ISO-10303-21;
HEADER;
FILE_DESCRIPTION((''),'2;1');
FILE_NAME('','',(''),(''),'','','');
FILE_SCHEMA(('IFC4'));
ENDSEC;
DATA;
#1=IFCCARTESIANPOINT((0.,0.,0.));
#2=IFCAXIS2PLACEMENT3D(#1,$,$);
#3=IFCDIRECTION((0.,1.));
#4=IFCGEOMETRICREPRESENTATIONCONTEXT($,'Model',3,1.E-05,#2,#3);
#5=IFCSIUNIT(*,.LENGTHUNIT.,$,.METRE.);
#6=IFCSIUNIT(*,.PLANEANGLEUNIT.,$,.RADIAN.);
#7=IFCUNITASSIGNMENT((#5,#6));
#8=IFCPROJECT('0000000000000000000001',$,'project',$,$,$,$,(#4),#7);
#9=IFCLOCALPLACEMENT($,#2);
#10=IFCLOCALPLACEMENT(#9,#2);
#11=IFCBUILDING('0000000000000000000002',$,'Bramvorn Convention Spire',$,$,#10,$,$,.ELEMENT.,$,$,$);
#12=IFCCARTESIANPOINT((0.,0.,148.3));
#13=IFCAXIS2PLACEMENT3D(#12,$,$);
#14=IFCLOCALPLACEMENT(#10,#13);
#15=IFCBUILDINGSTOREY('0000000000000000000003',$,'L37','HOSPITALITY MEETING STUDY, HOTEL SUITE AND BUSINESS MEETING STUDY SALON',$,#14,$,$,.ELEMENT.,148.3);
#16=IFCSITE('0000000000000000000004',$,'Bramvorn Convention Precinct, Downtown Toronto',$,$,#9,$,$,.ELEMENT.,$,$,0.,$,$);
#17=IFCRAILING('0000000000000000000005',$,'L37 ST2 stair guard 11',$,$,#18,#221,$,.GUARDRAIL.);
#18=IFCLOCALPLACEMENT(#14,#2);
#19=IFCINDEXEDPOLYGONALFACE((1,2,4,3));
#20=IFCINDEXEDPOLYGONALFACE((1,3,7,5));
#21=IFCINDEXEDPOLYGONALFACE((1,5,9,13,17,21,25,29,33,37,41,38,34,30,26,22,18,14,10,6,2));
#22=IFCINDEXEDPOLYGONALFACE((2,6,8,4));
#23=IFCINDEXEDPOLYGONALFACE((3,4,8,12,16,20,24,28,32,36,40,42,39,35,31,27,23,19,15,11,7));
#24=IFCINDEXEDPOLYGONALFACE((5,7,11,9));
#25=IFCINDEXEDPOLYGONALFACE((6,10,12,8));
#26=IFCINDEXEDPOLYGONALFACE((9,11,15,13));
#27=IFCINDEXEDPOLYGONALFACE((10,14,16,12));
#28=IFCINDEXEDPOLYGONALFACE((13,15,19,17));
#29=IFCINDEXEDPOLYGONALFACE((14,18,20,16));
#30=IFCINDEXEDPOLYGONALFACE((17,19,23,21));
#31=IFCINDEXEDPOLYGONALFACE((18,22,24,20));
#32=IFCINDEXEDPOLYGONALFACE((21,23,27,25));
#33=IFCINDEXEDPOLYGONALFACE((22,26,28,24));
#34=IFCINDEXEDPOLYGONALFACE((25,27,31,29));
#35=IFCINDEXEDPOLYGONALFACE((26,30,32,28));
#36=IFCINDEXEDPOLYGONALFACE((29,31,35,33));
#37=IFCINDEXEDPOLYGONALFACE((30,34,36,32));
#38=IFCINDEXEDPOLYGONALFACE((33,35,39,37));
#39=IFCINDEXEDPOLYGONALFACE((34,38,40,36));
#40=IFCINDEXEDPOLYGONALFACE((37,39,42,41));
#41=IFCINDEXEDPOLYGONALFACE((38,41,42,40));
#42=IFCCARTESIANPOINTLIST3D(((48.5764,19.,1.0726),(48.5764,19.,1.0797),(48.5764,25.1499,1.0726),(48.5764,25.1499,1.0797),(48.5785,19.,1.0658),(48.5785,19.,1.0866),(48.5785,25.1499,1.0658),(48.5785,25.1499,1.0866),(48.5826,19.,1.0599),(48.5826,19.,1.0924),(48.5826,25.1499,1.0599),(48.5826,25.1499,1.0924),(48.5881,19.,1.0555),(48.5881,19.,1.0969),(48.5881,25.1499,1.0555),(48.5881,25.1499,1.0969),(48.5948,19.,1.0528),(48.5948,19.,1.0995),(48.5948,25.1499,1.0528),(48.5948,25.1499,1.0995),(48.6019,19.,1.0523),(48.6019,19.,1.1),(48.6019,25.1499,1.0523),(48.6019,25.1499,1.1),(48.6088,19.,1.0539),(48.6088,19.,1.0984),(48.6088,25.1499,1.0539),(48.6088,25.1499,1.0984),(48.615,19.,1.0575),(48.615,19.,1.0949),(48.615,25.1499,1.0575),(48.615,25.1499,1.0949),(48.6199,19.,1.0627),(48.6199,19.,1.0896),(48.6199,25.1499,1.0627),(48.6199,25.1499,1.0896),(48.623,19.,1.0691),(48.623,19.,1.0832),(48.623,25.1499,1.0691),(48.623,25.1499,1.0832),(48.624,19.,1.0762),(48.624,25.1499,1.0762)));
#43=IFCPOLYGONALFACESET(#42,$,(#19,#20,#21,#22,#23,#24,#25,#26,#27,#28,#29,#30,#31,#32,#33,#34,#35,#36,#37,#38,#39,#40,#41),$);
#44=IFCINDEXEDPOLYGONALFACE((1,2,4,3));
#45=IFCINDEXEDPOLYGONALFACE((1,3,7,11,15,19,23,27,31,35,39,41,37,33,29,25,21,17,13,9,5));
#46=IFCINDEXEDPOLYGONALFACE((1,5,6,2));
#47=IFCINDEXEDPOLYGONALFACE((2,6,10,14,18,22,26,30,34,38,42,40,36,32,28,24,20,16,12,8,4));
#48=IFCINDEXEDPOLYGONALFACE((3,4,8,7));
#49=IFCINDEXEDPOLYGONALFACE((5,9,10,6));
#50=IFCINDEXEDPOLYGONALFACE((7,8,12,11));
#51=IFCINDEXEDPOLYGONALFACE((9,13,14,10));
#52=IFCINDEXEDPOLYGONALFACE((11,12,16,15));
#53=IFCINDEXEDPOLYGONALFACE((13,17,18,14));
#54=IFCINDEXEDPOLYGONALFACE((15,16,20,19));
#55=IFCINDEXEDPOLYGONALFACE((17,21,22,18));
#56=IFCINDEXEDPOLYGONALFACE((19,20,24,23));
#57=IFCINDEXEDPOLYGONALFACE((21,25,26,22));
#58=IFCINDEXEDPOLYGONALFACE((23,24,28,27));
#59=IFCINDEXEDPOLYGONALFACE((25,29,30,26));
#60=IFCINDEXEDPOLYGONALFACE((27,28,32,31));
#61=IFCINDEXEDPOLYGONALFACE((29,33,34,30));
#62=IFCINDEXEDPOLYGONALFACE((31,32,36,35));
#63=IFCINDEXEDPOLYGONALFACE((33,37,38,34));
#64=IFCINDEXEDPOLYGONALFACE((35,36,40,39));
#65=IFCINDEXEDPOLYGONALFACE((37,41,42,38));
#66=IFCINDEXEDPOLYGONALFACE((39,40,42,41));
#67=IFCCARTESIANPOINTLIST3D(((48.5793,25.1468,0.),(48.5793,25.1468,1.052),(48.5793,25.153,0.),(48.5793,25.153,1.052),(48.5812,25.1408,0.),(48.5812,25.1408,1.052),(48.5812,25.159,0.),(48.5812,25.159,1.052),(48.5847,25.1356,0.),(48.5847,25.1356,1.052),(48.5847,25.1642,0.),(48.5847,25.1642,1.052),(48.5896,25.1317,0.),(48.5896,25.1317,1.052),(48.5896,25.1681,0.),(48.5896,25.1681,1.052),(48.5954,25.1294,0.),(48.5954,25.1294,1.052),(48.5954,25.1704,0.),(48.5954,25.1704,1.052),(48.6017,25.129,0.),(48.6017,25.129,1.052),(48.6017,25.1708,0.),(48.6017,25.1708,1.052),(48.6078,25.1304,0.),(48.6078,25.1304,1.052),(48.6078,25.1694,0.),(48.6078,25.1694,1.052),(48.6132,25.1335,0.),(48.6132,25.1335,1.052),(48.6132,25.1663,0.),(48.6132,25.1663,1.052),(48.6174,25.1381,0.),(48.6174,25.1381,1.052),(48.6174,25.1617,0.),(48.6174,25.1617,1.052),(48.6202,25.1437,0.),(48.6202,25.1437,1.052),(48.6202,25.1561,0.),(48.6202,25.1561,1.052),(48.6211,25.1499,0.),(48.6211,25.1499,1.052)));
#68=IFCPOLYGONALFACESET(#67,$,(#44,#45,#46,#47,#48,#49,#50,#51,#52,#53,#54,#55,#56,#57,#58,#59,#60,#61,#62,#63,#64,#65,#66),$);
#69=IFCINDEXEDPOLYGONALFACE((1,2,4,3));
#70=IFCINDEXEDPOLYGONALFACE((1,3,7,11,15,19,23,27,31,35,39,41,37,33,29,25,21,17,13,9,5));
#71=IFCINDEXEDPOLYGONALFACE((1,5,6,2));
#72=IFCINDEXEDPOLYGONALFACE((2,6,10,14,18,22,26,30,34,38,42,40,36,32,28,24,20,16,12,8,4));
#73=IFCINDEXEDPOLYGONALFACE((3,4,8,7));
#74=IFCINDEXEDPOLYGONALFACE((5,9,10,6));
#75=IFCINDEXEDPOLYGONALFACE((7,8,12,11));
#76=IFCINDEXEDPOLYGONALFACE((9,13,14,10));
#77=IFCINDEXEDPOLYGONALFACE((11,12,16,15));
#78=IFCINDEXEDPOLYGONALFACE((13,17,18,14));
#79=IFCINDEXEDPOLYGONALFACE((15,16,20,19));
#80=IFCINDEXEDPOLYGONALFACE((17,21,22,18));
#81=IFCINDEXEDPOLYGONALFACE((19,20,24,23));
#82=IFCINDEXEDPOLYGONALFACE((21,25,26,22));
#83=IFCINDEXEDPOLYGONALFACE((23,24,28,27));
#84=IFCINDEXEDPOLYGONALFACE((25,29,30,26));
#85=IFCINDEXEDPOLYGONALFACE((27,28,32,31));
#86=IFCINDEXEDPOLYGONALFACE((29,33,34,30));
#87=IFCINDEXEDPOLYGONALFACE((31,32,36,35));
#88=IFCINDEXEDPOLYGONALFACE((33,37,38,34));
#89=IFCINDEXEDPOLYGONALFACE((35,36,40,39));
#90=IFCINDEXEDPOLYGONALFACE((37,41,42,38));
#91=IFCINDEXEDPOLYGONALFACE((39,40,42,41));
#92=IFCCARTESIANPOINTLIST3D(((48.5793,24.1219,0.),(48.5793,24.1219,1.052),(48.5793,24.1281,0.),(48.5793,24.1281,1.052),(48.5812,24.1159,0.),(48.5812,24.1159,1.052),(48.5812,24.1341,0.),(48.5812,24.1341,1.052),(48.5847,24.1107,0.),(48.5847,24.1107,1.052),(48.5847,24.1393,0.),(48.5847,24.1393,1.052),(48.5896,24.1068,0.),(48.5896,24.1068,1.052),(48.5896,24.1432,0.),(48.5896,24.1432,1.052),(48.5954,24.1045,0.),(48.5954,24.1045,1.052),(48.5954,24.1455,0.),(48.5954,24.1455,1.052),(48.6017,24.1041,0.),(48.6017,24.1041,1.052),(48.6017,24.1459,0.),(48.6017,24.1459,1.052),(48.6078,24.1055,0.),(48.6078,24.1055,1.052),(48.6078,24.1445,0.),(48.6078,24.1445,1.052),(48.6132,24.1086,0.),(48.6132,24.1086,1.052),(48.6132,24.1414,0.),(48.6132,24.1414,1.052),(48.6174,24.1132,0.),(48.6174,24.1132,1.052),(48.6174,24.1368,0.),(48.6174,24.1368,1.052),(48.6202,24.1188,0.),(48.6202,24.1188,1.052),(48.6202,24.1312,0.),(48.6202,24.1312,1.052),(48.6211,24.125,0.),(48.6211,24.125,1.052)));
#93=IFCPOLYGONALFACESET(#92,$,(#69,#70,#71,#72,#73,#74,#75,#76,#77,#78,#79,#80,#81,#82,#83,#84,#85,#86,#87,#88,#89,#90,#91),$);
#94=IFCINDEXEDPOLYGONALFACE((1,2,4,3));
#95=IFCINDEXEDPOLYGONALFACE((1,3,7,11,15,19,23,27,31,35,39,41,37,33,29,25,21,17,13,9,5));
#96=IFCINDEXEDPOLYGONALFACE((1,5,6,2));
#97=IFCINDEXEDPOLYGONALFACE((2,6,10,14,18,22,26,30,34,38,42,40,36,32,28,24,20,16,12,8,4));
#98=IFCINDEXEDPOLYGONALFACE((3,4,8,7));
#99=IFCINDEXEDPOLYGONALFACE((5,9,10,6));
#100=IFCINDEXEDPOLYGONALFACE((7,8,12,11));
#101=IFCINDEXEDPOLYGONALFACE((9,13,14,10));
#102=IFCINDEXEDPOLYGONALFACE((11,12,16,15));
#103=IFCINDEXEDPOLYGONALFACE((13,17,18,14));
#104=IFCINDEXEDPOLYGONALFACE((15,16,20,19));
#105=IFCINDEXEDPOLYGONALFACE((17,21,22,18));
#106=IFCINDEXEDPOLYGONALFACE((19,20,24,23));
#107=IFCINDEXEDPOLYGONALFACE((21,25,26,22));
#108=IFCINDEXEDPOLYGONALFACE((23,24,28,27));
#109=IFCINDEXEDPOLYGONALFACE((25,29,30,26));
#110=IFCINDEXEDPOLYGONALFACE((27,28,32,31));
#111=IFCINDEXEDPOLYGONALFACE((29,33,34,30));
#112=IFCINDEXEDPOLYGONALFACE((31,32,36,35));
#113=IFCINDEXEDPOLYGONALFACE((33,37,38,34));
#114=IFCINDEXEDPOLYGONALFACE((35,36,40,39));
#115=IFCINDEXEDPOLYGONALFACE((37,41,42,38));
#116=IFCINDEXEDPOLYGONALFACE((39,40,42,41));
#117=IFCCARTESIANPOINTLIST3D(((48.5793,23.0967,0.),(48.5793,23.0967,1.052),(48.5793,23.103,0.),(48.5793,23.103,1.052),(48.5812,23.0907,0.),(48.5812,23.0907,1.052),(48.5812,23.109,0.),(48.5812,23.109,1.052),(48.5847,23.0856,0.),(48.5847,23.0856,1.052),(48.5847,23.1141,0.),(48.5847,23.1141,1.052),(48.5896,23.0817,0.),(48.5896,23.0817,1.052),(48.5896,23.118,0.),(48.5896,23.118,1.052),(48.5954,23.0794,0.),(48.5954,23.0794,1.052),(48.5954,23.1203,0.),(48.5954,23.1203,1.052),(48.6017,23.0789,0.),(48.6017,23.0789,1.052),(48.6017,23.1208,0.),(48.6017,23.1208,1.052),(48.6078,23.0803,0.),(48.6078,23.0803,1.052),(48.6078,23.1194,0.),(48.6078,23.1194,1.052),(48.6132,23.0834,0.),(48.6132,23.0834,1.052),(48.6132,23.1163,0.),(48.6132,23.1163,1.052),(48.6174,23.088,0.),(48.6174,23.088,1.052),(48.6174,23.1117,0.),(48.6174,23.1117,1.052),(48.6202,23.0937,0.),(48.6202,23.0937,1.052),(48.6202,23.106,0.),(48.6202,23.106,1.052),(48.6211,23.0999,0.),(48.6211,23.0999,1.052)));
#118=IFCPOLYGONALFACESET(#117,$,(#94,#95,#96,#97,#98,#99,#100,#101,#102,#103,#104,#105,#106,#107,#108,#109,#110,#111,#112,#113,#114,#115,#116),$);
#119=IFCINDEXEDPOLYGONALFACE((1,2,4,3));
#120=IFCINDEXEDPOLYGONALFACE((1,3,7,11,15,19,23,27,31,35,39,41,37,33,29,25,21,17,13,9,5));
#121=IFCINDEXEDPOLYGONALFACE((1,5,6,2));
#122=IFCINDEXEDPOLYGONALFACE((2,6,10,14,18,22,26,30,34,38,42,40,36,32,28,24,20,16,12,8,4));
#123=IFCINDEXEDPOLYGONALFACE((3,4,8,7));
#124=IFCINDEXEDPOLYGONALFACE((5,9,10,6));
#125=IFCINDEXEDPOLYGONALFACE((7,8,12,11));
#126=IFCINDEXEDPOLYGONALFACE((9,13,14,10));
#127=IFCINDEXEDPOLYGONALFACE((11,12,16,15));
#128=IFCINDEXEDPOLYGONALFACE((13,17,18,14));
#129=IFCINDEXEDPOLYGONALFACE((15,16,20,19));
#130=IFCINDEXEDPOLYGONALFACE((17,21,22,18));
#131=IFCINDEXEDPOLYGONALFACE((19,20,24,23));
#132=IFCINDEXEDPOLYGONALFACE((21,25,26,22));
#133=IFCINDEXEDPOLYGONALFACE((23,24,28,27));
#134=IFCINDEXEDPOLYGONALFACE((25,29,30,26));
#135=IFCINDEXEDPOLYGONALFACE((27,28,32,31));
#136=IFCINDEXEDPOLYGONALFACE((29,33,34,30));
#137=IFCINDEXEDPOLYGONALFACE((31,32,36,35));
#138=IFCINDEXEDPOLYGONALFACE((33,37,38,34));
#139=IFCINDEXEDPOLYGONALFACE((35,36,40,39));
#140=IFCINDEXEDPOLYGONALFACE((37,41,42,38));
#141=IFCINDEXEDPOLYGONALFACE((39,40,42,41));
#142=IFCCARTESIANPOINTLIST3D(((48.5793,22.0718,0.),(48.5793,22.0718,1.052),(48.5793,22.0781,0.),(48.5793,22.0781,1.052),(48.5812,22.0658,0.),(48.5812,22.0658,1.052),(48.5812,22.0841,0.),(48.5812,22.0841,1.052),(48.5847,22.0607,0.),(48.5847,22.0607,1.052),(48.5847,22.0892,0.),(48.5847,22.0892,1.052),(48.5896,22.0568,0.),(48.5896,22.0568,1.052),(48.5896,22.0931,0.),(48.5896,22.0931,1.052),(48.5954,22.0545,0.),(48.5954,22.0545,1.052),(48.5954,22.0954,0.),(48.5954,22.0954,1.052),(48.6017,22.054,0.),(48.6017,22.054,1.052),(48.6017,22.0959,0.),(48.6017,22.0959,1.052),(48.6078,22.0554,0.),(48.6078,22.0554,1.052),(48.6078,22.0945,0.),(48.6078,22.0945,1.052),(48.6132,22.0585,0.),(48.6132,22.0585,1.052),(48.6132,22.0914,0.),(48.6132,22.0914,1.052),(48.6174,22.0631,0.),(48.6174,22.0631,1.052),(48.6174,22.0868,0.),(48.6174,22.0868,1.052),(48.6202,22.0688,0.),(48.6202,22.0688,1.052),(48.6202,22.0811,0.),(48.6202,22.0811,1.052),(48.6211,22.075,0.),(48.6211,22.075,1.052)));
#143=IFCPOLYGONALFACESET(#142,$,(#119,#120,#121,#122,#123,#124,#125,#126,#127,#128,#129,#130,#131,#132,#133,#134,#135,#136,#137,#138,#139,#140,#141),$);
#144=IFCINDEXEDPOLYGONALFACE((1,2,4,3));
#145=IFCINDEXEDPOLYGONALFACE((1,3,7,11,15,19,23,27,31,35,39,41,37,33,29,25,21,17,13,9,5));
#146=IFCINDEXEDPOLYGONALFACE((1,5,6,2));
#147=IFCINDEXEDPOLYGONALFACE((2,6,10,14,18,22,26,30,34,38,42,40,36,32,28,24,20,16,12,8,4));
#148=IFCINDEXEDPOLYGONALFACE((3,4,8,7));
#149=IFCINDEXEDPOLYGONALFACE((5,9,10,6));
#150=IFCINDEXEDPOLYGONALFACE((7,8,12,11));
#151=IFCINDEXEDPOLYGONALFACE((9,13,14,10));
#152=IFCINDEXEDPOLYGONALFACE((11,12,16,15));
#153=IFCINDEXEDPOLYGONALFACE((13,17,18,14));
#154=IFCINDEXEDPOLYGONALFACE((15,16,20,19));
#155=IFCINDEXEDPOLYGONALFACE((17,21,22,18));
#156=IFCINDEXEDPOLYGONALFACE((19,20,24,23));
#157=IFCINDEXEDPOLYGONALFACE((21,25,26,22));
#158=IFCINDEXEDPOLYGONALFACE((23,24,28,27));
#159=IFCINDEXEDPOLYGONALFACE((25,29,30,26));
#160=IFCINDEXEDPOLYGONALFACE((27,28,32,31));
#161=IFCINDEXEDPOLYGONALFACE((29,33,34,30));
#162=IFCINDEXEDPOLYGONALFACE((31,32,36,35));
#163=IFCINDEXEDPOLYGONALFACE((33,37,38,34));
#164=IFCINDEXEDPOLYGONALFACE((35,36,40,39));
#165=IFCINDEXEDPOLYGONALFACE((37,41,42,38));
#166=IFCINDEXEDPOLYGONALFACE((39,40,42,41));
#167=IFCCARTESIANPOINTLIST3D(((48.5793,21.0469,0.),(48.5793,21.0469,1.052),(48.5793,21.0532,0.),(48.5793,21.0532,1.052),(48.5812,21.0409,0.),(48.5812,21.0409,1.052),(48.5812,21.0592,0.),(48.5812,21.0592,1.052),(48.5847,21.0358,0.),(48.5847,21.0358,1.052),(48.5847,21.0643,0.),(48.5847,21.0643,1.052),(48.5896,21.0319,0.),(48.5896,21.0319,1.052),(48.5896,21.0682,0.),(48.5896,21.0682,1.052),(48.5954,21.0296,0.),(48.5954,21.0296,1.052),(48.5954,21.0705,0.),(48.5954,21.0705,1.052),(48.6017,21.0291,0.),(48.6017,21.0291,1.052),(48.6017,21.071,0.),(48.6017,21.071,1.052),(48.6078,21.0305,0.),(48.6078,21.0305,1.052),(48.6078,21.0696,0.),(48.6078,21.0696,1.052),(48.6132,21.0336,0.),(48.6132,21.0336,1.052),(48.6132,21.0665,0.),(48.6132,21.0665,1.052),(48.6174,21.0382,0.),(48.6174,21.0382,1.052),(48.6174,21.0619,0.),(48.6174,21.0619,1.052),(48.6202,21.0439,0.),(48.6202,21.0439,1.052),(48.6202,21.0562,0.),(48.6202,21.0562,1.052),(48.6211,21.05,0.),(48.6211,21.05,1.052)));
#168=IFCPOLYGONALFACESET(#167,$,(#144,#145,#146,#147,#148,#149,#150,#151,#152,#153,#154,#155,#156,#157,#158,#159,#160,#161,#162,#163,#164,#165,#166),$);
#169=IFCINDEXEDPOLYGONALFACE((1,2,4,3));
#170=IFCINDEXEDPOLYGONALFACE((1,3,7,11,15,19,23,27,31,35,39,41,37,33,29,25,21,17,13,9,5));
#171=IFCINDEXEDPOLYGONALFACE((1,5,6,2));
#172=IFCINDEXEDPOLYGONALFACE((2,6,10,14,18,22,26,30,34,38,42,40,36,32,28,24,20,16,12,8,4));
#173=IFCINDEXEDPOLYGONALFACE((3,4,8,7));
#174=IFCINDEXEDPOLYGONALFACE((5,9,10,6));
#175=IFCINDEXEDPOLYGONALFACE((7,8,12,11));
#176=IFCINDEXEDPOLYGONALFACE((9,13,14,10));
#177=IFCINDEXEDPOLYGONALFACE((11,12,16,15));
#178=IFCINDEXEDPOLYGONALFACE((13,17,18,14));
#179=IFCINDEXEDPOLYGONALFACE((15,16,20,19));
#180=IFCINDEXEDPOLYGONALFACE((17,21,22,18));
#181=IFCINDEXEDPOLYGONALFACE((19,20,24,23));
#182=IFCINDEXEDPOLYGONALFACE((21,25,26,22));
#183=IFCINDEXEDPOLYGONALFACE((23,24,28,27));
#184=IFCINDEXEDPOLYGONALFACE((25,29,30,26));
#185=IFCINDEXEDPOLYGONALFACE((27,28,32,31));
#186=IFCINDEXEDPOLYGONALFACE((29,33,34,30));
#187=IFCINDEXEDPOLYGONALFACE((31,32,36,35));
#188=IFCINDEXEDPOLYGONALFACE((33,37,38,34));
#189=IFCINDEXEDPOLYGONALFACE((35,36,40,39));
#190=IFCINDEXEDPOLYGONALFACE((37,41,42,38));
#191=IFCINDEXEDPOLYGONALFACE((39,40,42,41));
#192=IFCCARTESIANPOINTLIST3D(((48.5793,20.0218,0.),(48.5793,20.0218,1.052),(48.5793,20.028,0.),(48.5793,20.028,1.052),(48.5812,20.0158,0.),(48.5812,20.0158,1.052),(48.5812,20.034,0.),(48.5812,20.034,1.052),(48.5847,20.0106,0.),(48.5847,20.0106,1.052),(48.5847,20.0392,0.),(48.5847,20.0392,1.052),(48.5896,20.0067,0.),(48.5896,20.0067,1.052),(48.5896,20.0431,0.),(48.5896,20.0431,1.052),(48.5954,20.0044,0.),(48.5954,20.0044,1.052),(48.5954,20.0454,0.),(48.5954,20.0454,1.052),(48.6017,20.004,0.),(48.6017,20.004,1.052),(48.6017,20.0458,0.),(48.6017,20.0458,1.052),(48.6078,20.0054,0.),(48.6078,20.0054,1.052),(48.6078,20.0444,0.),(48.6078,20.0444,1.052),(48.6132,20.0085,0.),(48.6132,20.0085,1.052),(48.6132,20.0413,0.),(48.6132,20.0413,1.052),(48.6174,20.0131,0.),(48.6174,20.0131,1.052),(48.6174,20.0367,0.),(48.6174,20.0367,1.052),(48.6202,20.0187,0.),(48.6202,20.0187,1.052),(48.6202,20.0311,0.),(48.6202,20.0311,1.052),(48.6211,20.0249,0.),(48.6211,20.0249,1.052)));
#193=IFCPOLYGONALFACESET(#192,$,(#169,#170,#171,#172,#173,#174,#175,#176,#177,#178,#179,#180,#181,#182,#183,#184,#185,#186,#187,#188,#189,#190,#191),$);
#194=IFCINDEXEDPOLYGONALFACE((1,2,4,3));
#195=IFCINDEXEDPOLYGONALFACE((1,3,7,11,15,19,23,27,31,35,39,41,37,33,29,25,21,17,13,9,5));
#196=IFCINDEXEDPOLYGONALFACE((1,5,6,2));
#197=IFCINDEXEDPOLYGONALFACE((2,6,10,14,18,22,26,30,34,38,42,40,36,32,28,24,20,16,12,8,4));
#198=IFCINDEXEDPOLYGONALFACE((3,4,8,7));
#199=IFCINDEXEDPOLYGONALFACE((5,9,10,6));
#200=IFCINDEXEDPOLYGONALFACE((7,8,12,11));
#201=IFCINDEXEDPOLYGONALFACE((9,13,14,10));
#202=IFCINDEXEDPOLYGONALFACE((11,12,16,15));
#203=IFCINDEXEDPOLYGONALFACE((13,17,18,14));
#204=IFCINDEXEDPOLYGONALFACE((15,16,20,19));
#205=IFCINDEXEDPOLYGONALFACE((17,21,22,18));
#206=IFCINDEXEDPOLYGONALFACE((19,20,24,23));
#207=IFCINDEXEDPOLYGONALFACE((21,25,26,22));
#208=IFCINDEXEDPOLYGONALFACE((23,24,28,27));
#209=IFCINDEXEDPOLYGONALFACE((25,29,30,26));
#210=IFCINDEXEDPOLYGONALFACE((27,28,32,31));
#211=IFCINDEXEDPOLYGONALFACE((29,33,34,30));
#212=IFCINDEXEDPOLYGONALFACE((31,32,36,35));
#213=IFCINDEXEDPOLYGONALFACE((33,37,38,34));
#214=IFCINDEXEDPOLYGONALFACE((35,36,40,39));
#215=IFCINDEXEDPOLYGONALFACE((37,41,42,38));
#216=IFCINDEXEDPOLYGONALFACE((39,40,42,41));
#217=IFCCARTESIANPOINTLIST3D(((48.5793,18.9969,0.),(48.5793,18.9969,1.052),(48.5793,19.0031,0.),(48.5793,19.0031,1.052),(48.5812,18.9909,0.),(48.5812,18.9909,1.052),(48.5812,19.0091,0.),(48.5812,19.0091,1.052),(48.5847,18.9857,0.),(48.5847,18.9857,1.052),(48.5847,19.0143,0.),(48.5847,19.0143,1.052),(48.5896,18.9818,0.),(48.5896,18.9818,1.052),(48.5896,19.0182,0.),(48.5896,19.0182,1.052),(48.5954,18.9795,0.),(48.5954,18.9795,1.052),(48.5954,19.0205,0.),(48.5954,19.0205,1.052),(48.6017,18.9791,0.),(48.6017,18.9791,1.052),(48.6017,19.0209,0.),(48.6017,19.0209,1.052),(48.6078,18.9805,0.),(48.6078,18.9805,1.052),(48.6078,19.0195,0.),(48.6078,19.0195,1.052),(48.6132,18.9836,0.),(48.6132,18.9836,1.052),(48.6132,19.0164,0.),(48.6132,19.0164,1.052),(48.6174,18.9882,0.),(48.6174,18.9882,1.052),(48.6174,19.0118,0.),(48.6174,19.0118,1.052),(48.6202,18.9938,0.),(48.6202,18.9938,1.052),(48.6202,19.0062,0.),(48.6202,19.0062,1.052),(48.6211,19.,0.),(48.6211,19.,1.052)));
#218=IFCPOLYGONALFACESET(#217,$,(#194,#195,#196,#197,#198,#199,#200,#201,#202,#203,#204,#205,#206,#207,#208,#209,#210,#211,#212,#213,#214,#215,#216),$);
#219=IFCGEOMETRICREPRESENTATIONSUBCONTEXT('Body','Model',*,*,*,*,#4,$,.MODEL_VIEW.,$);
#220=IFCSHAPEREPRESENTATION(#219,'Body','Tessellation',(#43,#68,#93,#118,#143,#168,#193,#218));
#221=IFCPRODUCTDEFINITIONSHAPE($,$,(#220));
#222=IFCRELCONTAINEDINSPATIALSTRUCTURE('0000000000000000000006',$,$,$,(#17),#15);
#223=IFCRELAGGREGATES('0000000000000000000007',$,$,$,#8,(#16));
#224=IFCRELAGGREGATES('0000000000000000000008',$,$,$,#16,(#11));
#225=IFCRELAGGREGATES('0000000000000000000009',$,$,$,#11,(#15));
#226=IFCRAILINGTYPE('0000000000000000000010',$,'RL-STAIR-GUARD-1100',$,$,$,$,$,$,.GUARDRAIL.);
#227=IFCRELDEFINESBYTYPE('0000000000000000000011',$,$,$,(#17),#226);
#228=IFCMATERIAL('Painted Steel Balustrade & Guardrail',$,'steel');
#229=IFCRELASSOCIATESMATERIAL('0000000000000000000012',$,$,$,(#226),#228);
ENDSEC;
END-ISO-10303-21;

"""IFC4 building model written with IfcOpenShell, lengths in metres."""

from ifc_helpers import new_model, si_unit, direction, frame, origin, origin_2d, place, context, subcontext, project, spatial, circle, extrude, material, type_object, element, save


model = new_model("IFC4")

# Units and contexts
model_context = context("Model", 3, precision=1e-05, world=origin(), true_north=direction((0.0, 1.0)))
body_context = subcontext(model_context, "Body", "Model", "MODEL_VIEW")
ifc_project = project(units=[si_unit("LENGTHUNIT", "METRE"), si_unit("PLANEANGLEUNIT", "RADIAN")], contexts=[model_context])

# Site, building, storey
site_placement = place(None, origin())
site = spatial("IfcSite", under=ifc_project, at=site_placement, Name="Bramvorn Convention Precinct, Downtown Toronto", CompositionType="ELEMENT", RefElevation=0.0)
building_placement = place(site_placement, origin())
building = spatial("IfcBuilding", under=site, at=building_placement, Name="Bramvorn Convention Spire", CompositionType="ELEMENT")
storey_placement = place(building_placement, frame((0.0, 0.0, 148.3)))
storey = spatial("IfcBuildingStorey", under=building, at=storey_placement, Name="L37", Description="HOSPITALITY MEETING STUDY, HOTEL SUITE AND BUSINESS MEETING STUDY SALON", CompositionType="ELEMENT", Elevation=148.3)

# Railing
ifc_material_1 = material(Name="Painted Steel Balustrade & Guardrail", Category="steel")
railing_type_1 = type_object("IfcRailingType", Name="RL-STAIR-GUARD-1100", PredefinedType="GUARDRAIL", material=ifc_material_1)
railing_1_placement = place(storey_placement, frame((48.6001, 25.1499, 0.0)))
element("IfcRailing", 1, at=railing_1_placement, inside=storey, type_object=railing_type_1, Name="L37 ST2 stair guard 11", PredefinedType="GUARDRAIL", context=body_context, shape_type="SweptSolid", body=[
    extrude(circle(Radius=0.0239, at=origin_2d()), frame((0.0, 0.0, 1.0762), z_axis=(0.0, -1.0, 0.0), x_axis=(1.0, 0.0, 0.0)), (0.0, 0.0, 1.0), 6.1499),
    extrude(circle(Radius=0.021, at=origin_2d()), origin(), (0.0, 0.0, 1.0), 1.052),
    extrude(circle(Radius=0.021, at=origin_2d()), frame((0.0, -1.0249, 0.0)), (0.0, 0.0, 1.0), 1.052),
    extrude(circle(Radius=0.021, at=origin_2d()), frame((0.0, -2.05, 0.0)), (0.0, 0.0, 1.0), 1.052),
    extrude(circle(Radius=0.021, at=origin_2d()), frame((0.0, -3.075, 0.0)), (0.0, 0.0, 1.0), 1.052),
    extrude(circle(Radius=0.021, at=origin_2d()), frame((0.0, -4.0999, 0.0)), (0.0, 0.0, 1.0), 1.052),
    extrude(circle(Radius=0.021, at=origin_2d()), frame((0.0, -5.125, 0.0)), (0.0, 0.0, 1.0), 1.052),
    extrude(circle(Radius=0.021, at=origin_2d()), frame((0.0, -6.1499, 0.0)), (0.0, 0.0, 1.0), 1.052),
])

save(model, "model.ifc")
